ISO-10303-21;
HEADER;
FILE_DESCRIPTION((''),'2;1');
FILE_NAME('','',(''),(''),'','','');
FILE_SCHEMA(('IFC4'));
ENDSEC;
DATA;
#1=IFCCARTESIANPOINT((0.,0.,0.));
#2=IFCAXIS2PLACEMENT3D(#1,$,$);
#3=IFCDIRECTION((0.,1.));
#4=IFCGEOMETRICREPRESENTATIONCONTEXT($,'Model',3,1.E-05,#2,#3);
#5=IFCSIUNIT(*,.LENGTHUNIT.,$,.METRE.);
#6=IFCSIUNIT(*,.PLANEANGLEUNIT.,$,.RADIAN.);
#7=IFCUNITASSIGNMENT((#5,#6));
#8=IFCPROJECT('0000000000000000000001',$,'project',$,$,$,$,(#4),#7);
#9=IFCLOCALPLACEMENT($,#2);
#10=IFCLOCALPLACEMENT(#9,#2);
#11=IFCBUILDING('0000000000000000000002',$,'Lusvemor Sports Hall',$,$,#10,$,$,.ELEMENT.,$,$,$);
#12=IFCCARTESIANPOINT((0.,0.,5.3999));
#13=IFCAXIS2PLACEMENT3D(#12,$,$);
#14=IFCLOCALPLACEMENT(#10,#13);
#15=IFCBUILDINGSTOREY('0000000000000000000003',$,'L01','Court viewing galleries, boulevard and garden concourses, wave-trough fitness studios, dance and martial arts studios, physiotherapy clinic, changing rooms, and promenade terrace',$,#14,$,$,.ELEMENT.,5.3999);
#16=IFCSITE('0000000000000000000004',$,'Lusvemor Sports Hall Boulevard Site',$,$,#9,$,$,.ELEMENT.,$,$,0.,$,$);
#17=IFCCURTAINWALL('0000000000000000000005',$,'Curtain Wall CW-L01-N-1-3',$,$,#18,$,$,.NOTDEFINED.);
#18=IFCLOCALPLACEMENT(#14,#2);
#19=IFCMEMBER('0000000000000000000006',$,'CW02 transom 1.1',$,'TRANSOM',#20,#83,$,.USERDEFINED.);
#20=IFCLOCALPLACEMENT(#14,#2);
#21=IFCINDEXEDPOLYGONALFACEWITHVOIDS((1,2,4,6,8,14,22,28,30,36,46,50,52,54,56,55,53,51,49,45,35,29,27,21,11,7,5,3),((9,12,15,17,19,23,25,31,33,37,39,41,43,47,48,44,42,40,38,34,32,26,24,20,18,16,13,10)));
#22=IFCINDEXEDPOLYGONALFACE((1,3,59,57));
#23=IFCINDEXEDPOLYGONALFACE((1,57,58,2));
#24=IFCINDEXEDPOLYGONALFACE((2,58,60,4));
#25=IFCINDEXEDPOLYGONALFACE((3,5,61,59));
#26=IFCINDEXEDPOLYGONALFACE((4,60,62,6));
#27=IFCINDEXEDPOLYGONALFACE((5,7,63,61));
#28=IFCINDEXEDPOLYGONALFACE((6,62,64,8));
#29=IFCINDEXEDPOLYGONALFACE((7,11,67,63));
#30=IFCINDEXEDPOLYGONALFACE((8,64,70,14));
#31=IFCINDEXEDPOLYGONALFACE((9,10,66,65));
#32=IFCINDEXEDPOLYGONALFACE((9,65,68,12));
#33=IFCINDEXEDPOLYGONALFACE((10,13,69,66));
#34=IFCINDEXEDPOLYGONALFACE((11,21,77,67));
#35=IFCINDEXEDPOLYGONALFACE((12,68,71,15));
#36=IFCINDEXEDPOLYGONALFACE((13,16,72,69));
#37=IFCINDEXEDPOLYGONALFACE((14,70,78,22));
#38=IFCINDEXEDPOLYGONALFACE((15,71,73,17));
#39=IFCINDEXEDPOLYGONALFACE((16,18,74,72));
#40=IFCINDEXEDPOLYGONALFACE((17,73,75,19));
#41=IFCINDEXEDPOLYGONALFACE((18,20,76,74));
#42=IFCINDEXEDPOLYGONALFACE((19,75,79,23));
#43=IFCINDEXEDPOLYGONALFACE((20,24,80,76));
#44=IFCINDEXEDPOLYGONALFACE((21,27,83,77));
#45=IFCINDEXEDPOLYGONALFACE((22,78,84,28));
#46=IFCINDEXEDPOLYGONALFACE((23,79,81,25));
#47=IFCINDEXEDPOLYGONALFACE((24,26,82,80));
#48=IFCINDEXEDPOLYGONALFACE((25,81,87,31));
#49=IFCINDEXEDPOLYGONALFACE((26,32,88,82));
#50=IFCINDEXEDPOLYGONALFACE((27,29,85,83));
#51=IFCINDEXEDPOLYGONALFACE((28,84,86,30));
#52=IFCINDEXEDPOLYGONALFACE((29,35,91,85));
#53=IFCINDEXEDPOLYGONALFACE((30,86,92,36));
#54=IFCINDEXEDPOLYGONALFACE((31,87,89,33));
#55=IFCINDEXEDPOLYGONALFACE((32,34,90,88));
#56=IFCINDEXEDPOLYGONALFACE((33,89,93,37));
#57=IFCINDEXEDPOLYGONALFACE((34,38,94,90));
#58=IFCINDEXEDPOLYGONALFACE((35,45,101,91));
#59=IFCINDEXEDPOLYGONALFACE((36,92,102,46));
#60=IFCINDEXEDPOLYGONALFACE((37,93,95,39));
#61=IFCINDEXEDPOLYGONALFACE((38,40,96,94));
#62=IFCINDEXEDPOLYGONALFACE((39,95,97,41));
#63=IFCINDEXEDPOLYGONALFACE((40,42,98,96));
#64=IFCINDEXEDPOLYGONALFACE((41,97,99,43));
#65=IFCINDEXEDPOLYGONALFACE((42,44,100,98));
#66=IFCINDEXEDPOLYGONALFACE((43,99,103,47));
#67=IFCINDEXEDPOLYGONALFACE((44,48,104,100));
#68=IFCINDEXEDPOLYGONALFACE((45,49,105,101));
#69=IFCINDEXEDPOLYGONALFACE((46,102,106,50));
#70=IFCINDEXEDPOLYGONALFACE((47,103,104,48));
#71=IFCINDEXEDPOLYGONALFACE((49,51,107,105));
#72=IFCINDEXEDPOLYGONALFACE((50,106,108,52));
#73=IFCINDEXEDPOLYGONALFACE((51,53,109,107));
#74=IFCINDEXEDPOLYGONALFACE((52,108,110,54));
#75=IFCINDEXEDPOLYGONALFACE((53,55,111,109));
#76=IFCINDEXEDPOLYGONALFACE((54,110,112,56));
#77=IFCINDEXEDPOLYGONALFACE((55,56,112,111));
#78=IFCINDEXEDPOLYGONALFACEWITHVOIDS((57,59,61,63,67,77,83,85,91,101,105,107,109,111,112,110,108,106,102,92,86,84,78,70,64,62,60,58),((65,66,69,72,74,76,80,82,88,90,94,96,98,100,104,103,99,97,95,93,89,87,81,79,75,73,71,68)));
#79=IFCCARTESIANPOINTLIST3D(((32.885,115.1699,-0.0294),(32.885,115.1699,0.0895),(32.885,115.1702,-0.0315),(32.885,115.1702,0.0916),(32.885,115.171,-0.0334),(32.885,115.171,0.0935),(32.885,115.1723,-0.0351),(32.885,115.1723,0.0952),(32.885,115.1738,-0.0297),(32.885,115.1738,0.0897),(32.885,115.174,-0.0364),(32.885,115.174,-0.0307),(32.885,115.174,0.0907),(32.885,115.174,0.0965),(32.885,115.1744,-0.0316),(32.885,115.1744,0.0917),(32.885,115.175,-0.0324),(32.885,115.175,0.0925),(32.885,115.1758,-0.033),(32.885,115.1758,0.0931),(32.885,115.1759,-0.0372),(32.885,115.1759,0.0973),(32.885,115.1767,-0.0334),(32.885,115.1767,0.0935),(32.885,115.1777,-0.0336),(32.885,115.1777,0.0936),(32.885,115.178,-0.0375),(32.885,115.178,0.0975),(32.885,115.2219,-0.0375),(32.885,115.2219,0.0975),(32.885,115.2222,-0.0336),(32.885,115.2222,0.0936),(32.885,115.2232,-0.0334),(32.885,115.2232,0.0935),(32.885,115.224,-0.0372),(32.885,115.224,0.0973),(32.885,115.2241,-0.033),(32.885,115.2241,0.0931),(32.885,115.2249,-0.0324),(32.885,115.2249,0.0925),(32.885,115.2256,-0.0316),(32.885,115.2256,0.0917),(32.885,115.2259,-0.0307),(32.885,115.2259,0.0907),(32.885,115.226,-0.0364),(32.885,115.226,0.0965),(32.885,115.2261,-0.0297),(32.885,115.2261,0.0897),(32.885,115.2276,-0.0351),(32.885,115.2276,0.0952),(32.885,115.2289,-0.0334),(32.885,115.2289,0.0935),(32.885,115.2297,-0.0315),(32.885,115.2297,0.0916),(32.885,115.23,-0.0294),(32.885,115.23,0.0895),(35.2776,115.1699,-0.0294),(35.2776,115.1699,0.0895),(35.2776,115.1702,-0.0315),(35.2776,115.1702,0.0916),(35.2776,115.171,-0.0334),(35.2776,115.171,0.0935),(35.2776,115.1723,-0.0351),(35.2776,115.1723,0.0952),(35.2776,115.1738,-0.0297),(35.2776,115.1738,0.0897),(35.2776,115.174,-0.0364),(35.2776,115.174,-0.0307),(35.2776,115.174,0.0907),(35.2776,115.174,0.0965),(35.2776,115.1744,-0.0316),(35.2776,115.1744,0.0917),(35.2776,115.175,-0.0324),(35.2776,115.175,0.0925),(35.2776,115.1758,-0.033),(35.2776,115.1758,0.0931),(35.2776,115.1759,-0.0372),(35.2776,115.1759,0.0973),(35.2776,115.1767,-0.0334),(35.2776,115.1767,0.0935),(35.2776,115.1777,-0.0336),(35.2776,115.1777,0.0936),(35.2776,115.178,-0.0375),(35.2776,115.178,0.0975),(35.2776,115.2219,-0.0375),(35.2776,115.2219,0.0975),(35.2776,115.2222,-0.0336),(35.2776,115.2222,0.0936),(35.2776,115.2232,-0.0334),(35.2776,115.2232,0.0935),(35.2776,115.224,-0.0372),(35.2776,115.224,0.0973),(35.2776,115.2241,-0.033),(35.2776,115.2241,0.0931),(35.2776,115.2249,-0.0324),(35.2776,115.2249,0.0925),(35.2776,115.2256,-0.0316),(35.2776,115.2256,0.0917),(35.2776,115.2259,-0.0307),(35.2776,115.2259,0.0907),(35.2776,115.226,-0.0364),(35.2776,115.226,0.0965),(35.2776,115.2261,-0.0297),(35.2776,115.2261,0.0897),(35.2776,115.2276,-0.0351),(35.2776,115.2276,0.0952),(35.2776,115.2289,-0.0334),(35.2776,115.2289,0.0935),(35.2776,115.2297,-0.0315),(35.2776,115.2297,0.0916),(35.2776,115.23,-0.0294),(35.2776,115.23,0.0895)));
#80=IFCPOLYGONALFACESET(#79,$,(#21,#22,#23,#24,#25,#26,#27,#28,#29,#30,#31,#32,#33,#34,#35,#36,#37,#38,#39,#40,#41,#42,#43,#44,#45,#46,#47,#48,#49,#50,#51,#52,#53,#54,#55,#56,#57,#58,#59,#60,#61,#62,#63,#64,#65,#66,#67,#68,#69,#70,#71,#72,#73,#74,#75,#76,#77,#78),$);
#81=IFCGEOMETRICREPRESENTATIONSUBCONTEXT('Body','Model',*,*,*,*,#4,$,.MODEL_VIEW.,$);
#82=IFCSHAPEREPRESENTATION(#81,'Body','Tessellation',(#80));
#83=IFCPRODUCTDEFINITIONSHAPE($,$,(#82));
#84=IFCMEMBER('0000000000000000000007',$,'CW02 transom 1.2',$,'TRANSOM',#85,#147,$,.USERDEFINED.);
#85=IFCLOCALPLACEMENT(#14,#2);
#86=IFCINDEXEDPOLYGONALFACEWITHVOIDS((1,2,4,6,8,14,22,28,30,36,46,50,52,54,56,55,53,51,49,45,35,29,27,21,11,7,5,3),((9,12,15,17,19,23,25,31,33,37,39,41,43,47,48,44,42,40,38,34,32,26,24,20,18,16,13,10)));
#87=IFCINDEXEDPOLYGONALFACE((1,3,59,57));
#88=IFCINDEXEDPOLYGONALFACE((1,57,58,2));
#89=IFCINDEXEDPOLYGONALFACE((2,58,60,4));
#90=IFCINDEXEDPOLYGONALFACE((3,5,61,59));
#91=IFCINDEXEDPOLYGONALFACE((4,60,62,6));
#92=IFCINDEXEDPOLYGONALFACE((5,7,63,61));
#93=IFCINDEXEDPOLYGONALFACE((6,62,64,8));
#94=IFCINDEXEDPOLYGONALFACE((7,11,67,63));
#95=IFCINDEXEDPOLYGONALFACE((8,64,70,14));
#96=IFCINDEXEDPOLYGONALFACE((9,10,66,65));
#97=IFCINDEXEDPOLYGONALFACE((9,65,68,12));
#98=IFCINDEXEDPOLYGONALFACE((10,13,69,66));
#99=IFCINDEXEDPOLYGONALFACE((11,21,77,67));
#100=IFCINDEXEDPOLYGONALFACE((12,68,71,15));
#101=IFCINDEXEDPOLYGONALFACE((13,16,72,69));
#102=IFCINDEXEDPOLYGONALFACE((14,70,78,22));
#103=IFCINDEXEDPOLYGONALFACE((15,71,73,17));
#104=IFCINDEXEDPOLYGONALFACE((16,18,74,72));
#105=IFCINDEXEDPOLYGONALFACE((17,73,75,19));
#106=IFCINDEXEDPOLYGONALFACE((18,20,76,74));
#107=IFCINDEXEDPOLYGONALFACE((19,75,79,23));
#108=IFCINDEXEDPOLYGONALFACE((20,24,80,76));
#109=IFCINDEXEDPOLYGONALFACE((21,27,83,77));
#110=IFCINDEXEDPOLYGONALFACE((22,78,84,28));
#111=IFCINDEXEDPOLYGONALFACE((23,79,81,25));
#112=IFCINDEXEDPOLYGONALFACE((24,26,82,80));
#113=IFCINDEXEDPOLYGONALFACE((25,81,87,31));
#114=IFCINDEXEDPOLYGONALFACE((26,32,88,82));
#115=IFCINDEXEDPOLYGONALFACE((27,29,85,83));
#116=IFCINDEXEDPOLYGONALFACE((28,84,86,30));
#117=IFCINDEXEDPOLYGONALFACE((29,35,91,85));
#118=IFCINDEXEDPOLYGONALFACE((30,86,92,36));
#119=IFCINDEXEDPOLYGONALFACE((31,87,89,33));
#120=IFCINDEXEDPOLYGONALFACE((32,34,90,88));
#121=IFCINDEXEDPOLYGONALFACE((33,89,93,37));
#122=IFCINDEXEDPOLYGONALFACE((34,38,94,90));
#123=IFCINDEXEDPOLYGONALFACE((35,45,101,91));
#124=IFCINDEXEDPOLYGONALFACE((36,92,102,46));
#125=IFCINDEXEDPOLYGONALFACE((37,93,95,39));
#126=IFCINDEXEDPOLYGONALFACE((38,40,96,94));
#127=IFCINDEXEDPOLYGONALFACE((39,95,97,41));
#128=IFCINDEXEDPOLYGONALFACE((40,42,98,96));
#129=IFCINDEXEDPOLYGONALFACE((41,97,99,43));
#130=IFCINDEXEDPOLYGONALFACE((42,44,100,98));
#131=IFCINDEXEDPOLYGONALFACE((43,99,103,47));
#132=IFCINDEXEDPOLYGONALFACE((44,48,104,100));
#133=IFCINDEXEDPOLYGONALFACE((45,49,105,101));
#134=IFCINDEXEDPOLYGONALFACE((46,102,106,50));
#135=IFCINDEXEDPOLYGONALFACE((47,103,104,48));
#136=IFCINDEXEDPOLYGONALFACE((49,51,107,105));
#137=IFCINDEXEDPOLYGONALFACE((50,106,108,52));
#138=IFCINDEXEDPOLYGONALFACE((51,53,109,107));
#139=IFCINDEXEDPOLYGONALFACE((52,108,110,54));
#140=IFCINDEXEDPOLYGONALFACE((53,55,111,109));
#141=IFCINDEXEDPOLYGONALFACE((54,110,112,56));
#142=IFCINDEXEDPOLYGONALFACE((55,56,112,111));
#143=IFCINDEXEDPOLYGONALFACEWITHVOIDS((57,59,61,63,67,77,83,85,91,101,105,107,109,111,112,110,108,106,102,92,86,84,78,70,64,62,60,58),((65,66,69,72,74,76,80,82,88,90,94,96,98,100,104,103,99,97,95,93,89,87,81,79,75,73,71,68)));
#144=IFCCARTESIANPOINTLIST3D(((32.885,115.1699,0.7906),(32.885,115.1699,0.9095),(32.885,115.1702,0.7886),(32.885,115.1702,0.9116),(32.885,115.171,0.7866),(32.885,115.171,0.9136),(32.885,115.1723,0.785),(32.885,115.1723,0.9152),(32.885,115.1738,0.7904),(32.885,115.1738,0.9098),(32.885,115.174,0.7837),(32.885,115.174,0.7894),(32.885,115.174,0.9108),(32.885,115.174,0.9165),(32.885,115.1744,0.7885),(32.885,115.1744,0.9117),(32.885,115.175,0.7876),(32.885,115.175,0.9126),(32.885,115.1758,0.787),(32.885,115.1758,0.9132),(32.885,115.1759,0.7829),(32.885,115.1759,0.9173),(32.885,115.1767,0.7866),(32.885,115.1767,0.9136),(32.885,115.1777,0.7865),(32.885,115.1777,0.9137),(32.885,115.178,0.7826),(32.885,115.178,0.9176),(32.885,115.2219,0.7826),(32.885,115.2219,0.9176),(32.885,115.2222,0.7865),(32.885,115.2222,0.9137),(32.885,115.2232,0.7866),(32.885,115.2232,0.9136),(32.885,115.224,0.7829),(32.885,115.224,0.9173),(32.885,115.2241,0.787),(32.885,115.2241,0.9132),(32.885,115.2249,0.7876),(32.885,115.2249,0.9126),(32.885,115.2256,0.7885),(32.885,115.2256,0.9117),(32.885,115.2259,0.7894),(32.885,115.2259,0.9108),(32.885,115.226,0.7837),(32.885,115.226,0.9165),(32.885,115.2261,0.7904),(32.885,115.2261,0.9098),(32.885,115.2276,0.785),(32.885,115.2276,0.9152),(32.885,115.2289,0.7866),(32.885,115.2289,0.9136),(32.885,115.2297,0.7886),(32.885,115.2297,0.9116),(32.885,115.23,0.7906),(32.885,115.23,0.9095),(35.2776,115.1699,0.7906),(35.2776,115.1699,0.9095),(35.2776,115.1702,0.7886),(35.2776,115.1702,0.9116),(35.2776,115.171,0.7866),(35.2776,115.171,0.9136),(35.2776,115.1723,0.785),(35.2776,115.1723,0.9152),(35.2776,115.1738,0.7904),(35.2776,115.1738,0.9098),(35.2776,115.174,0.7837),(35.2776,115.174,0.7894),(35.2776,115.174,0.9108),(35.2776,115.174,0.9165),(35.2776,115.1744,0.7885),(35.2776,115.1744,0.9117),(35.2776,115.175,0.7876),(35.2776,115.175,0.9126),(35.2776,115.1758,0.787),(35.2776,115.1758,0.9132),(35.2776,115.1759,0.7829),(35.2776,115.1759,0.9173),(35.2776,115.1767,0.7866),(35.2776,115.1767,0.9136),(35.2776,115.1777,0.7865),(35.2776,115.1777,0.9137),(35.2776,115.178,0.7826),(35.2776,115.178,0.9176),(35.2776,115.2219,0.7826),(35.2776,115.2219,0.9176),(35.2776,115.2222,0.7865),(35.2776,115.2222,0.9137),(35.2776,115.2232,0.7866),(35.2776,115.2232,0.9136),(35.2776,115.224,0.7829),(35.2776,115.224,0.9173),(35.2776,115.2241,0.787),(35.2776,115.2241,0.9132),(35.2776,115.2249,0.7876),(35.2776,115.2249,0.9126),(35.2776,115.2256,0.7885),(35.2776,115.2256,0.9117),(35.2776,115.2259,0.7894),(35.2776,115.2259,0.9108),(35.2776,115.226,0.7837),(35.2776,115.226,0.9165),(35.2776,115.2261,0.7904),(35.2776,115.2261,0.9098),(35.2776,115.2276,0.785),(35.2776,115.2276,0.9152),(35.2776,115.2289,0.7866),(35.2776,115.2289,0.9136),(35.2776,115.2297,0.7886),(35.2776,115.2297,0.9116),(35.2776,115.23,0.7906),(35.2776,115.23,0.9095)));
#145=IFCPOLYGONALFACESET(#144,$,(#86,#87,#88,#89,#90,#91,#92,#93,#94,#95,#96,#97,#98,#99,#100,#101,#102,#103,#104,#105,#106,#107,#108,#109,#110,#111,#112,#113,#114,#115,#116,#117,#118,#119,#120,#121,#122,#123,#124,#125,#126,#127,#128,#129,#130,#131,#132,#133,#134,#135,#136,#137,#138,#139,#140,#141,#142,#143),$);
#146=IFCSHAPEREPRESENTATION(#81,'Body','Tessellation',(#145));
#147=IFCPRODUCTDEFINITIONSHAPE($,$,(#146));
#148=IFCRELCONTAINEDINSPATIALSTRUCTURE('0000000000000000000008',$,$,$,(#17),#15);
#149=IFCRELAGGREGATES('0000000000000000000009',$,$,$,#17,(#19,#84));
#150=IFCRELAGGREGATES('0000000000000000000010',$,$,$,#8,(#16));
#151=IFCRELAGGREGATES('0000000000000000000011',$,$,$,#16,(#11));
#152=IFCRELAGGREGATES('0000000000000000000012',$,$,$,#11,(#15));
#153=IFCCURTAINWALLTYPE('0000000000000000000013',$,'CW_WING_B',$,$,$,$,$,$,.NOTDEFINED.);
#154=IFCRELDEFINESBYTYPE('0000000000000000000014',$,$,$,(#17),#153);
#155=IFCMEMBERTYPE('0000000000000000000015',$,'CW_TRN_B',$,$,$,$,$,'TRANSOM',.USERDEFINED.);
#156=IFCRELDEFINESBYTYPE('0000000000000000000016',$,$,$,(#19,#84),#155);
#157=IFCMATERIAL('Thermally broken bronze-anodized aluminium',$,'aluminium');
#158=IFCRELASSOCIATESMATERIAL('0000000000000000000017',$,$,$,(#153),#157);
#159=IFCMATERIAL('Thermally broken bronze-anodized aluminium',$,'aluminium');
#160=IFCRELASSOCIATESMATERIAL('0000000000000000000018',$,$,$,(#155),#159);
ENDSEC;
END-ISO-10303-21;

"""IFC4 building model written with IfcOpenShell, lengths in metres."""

from ifc_helpers import new_model, si_unit, direction, frame, origin, origin_2d, place, context, subcontext, project, spatial, hollow_rectangle, extrude, material, material_profile, profile_set, type_object, element, aggregate, save


model = new_model("IFC4")

# Units and contexts
model_context = context("Model", 3, precision=1e-05, world=origin(), true_north=direction((0.0, 1.0)))
body_context = subcontext(model_context, "Body", "Model", "MODEL_VIEW")
ifc_project = project(units=[si_unit("LENGTHUNIT", "METRE"), si_unit("PLANEANGLEUNIT", "RADIAN")], contexts=[model_context])

# Site, building, storey
site_placement = place(None, origin())
site = spatial("IfcSite", under=ifc_project, at=site_placement, Name="Lusvemor Sports Hall Boulevard Site", CompositionType="ELEMENT", RefElevation=0.0)
building_placement = place(site_placement, origin())
building = spatial("IfcBuilding", under=site, at=building_placement, Name="Lusvemor Sports Hall", CompositionType="ELEMENT")
storey_placement = place(building_placement, frame((0.0, 0.0, 5.3999)))
storey = spatial("IfcBuildingStorey", under=building, at=storey_placement, Name="L01", Description="Court viewing galleries, boulevard and garden concourses, wave-trough fitness studios, dance and martial arts studios, physiotherapy clinic, changing rooms, and promenade terrace", CompositionType="ELEMENT", Elevation=5.3999)

# Shared definitions
ifc_material_1 = material(Name="Thermally broken bronze-anodized aluminium", Category="aluminium")
curtain_wall_type = type_object("IfcCurtainWallType", Name="CW_WING_B", PredefinedType="NOTDEFINED", material=ifc_material_1)

# Curtain wall
curtain_wall_1_placement = place(storey_placement, origin())
curtain_wall_1 = element("IfcCurtainWall", 1, at=curtain_wall_1_placement, inside=storey, type_object=curtain_wall_type, Name="Curtain Wall CW-L01-N-1-3", PredefinedType="NOTDEFINED")

# Members
ifc_material_2 = material(Name="Thermally broken bronze-anodized aluminium", Category="aluminium")
ifc_material_profile_1 = material_profile(ifc_material_2, hollow_rectangle(XDim=0.0601, YDim=0.135, WallThickness=0.0039, InnerFilletRadius=0.0039, OuterFilletRadius=0.0081, at=origin_2d()), Name="CWTRN135x60x4")
ifc_profile_set_1 = profile_set([ifc_material_profile_1], Name="Thermally broken bronze-anodized aluminium")
member_type_1 = type_object("IfcMemberType", Name="CW_TRN_B", ElementType="TRANSOM", PredefinedType="USERDEFINED", material=ifc_profile_set_1)
member_1_placement = place(storey_placement, frame((32.885, 115.2, 0.03), z_axis=(1.0, 0.0, 0.0), x_axis=(0.0, 1.0, 0.0)))
member_1 = element("IfcMember", 2, at=member_1_placement, type_object=member_type_1, Name="CW02 transom 1.1", ObjectType="TRANSOM", PredefinedType="USERDEFINED", context=body_context, shape_type="SweptSolid", body=[
    extrude(hollow_rectangle(XDim=0.0601, YDim=0.135, WallThickness=0.0039, InnerFilletRadius=0.0039, OuterFilletRadius=0.0081, at=origin_2d()), origin(), (0.0, 0.0, 1.0), 2.3926),
])
member_2_placement = place(storey_placement, frame((32.885, 115.2, 0.8501), z_axis=(1.0, 0.0, 0.0), x_axis=(0.0, 1.0, 0.0)))
member_2 = element("IfcMember", 3, at=member_2_placement, type_object=member_type_1, Name="CW02 transom 1.2", ObjectType="TRANSOM", PredefinedType="USERDEFINED", context=body_context, shape_type="SweptSolid", body=[
    extrude(hollow_rectangle(XDim=0.0601, YDim=0.135, WallThickness=0.0039, InnerFilletRadius=0.0039, OuterFilletRadius=0.0081, at=origin_2d()), origin(), (0.0, 0.0, 1.0), 2.3926),
])

aggregate(curtain_wall_1, [member_1, member_2])

save(model, "model.ifc")
